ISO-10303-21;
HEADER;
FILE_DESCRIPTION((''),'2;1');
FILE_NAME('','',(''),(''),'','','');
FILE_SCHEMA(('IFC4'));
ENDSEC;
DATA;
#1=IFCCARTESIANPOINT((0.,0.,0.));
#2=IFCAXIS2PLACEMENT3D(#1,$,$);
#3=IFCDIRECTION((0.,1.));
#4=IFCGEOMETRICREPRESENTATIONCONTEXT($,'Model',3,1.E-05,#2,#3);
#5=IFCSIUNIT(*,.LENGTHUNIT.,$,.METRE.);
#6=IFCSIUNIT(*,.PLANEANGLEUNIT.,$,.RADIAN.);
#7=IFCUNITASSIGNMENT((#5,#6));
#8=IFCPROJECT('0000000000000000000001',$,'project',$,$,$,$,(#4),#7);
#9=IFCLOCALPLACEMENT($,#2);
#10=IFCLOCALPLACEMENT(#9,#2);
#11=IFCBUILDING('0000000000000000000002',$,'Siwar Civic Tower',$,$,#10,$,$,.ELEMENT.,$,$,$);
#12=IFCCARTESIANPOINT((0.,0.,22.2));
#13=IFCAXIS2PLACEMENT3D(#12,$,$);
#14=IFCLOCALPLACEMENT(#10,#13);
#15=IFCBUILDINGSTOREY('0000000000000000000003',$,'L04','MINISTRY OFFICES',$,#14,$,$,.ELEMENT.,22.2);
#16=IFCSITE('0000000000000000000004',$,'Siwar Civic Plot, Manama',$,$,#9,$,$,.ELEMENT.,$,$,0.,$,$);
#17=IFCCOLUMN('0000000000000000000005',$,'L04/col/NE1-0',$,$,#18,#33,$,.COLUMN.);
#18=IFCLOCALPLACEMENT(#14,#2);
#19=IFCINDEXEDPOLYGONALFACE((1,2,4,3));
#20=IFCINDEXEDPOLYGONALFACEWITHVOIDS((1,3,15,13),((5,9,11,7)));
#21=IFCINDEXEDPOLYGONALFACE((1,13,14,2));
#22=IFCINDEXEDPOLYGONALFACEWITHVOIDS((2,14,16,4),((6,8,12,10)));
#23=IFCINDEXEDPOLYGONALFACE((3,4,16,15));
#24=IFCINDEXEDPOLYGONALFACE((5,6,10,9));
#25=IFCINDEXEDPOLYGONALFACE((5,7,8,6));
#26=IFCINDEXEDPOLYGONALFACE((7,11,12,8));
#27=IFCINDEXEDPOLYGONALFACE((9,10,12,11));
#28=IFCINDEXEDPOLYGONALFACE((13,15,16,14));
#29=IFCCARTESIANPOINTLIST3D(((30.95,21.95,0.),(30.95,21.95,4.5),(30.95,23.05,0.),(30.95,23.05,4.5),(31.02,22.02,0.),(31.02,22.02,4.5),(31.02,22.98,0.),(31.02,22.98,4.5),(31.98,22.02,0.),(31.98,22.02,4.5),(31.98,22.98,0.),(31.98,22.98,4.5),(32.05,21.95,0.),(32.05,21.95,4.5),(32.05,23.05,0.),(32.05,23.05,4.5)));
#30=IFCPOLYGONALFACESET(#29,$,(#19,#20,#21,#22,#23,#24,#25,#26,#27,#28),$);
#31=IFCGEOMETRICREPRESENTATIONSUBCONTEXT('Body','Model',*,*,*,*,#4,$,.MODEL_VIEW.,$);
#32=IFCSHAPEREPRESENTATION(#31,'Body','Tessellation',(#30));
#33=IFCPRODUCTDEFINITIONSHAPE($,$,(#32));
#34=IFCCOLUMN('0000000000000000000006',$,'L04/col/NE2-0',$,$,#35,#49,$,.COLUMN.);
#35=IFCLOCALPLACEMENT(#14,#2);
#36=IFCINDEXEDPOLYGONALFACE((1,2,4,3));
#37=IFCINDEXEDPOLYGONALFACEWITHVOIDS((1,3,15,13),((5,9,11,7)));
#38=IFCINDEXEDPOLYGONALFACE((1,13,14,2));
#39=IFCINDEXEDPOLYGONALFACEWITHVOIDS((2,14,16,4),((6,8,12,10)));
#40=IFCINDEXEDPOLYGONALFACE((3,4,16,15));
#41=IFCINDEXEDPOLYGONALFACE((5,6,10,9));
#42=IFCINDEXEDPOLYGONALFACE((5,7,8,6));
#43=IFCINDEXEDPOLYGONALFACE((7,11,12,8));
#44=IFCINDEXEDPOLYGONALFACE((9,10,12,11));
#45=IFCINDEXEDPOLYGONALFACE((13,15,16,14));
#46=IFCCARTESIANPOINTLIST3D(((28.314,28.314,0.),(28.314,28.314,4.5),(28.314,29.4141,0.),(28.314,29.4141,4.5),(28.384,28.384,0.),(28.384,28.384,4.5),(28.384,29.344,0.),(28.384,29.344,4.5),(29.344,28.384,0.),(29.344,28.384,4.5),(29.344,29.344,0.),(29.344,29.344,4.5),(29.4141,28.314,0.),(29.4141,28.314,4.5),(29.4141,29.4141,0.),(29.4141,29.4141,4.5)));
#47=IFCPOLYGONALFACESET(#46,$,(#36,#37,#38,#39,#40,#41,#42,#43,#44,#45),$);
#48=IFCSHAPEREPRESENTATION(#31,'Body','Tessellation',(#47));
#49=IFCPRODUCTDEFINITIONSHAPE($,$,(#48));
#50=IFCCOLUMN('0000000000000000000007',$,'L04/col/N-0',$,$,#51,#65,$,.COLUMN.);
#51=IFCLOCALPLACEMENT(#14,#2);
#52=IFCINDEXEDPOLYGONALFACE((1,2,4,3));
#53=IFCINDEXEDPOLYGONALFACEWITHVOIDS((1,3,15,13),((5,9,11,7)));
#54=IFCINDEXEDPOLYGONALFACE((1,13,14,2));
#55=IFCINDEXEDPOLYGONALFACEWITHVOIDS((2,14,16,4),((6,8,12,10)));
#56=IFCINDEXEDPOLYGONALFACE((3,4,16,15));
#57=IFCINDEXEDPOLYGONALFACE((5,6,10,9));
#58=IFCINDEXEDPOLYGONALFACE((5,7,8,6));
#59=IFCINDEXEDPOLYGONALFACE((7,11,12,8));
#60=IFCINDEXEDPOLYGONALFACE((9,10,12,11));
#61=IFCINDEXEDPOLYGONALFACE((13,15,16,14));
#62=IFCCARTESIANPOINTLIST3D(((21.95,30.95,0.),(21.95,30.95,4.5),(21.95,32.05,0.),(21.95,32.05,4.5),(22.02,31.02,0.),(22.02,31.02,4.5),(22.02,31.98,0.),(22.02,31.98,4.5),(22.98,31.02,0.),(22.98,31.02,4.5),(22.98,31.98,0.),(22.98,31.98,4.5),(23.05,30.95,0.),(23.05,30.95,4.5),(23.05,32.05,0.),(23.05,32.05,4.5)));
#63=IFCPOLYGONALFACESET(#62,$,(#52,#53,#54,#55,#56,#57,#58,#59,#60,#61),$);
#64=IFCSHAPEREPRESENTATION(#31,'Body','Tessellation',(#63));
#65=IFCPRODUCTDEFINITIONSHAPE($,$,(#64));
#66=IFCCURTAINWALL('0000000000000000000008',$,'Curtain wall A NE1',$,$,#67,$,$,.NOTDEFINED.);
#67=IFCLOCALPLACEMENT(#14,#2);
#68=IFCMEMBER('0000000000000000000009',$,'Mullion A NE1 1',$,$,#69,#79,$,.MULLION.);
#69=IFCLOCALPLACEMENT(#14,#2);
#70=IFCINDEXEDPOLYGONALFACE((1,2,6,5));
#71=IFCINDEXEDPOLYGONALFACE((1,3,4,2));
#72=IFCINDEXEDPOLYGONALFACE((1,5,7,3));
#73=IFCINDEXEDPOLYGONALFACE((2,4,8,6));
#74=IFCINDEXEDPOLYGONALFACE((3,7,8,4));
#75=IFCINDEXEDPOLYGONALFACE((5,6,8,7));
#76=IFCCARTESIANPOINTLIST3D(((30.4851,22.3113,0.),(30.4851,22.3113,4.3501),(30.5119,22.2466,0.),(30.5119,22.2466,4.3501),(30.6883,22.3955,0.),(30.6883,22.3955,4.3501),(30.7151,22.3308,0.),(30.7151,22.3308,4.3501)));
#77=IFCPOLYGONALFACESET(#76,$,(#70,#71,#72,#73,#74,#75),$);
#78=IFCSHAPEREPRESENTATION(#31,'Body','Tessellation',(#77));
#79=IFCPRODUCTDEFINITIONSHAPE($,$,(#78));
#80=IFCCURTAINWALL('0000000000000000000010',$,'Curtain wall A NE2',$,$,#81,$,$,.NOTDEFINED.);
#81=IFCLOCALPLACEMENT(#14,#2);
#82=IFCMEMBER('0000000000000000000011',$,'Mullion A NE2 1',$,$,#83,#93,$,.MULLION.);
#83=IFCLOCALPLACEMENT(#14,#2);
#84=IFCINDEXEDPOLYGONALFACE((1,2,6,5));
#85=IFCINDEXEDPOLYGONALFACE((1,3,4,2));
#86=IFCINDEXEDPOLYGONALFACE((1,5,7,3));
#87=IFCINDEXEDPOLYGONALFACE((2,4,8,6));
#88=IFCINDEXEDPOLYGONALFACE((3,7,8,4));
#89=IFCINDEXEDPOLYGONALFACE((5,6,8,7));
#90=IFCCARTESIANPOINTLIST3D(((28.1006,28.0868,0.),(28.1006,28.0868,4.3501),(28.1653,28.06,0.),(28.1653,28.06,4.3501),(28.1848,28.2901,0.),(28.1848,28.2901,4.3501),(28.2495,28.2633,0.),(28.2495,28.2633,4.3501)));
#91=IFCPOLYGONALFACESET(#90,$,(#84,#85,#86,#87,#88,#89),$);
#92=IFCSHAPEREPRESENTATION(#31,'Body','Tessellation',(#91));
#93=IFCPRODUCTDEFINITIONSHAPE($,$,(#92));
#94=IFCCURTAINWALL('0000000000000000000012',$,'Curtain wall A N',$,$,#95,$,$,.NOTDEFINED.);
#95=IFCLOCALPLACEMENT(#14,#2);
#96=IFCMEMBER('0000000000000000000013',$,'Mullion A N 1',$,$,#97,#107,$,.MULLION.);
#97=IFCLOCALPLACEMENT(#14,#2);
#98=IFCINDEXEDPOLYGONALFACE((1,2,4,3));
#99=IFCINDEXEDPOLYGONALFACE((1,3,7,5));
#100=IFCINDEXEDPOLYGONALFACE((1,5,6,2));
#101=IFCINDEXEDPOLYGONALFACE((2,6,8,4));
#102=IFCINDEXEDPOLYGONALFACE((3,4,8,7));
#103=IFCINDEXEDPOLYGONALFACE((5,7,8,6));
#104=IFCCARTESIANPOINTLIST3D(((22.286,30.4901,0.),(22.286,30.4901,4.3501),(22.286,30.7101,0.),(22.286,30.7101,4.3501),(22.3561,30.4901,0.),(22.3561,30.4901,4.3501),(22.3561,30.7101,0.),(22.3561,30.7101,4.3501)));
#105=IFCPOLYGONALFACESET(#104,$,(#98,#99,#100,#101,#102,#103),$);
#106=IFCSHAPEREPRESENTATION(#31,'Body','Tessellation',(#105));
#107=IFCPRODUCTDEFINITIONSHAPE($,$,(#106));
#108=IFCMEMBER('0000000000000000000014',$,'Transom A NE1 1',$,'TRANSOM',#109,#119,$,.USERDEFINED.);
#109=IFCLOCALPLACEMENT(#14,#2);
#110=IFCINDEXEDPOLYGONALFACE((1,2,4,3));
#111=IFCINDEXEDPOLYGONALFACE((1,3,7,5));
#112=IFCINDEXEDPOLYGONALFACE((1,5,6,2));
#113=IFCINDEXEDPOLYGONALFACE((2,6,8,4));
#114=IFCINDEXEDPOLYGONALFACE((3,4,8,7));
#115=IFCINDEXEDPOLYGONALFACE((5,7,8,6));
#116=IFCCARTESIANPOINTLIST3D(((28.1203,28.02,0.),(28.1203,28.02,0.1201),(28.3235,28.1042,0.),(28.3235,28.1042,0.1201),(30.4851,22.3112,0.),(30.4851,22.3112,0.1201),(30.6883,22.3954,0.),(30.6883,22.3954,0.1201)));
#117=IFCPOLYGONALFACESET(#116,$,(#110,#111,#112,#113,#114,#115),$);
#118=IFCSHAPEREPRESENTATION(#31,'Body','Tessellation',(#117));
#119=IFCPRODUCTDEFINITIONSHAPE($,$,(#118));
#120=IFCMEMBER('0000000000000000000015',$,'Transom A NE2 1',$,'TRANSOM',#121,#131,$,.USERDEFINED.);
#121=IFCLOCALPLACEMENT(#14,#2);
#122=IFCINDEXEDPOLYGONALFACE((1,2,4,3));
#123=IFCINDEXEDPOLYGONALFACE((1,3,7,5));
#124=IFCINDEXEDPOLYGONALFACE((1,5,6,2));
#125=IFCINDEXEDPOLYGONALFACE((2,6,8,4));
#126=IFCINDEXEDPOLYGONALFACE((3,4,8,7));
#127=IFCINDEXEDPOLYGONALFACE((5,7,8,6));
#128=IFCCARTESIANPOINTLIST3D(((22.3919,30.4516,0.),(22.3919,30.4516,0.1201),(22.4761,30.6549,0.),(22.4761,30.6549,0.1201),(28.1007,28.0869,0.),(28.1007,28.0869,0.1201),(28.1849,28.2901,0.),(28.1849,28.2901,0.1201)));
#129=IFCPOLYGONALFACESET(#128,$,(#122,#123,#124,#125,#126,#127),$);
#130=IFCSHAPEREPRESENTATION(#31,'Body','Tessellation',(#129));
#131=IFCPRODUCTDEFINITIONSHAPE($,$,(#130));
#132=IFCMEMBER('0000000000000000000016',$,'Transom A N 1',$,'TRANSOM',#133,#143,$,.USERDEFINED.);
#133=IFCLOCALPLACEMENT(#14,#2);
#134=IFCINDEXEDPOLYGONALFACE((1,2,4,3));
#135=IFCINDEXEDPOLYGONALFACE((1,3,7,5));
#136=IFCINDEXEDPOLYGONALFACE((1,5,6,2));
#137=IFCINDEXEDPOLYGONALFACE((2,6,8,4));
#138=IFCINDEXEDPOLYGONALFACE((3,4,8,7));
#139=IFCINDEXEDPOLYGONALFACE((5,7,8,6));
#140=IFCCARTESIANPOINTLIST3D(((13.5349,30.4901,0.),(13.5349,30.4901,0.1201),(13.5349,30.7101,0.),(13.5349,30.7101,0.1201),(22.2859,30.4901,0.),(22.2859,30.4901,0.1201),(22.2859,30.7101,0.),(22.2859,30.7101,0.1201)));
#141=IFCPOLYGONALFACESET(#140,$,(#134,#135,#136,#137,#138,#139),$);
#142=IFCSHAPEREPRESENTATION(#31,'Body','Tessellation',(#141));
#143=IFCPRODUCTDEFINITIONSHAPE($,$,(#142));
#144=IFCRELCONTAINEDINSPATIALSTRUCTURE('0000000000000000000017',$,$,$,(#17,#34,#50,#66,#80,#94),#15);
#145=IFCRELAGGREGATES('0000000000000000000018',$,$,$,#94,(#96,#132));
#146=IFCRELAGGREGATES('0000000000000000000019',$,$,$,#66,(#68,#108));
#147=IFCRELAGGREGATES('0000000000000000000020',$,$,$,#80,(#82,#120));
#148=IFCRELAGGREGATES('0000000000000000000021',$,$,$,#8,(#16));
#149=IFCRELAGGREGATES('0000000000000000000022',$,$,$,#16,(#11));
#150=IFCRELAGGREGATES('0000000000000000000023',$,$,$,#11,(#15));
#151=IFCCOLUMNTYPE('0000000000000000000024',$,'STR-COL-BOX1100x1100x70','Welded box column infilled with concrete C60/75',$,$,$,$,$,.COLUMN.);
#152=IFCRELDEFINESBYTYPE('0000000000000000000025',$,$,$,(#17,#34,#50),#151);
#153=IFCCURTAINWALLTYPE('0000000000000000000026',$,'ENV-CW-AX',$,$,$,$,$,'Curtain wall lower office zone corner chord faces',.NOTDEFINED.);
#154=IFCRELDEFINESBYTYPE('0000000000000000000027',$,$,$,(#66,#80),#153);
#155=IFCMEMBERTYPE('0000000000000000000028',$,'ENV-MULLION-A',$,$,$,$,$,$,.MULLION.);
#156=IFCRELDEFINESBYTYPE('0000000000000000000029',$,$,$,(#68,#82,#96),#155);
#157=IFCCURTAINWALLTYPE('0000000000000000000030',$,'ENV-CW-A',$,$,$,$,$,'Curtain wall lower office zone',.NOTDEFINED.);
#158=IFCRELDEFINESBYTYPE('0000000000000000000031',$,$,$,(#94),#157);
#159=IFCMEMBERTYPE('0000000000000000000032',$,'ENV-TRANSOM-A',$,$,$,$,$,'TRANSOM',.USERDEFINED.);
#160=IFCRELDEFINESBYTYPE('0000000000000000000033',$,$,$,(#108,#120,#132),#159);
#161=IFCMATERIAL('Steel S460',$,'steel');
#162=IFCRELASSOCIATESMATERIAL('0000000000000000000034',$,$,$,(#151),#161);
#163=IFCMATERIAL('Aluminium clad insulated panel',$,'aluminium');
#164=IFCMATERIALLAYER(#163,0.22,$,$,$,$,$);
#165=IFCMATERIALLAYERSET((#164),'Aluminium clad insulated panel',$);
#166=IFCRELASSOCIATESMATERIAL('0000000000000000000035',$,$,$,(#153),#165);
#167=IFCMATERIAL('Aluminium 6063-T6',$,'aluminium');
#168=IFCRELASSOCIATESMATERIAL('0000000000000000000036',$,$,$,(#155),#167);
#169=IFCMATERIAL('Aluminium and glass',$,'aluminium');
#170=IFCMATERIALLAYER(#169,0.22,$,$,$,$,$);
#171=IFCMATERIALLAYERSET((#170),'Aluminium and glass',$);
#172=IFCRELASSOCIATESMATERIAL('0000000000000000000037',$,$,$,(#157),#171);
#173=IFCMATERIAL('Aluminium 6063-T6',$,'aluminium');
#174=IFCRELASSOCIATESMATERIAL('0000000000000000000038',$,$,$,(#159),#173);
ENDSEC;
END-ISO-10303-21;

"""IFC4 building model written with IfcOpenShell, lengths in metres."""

from ifc_helpers import new_model, si_unit, direction, frame, origin, origin_2d, place, context, subcontext, project, spatial, rectangle, hollow_rectangle, extrude, material, layer, layer_set, material_profile, profile_set, type_object, element, aggregate, save


model = new_model("IFC4")

# Units and contexts
model_context = context("Model", 3, precision=1e-05, world=origin(), true_north=direction((0.0, 1.0)))
body_context = subcontext(model_context, "Body", "Model", "MODEL_VIEW")
ifc_project = project(units=[si_unit("LENGTHUNIT", "METRE"), si_unit("PLANEANGLEUNIT", "RADIAN")], contexts=[model_context])

# Site, building, storey
site_placement = place(None, origin())
site = spatial("IfcSite", under=ifc_project, at=site_placement, Name="Siwar Civic Plot, Manama", CompositionType="ELEMENT", RefElevation=0.0)
building_placement = place(site_placement, origin())
building = spatial("IfcBuilding", under=site, at=building_placement, Name="Siwar Civic Tower", CompositionType="ELEMENT")
storey_placement = place(building_placement, frame((0.0, 0.0, 22.2)))
storey = spatial("IfcBuildingStorey", under=building, at=storey_placement, Name="L04", Description="MINISTRY OFFICES", CompositionType="ELEMENT", Elevation=22.2)

# Columns
ifc_material_1 = material(Name="Steel S460", Category="steel")
ifc_material_profile_1 = material_profile(ifc_material_1, hollow_rectangle(XDim=1.1001, YDim=1.1001, WallThickness=0.0701, at=origin_2d()), Name="BOX1100x1100x70")
ifc_profile_set_1 = profile_set([ifc_material_profile_1], Name="Steel S460")
column_type = type_object("IfcColumnType", Name="STR-COL-BOX1100x1100x70", Description="Welded box column infilled with concrete C60/75", PredefinedType="COLUMN", material=ifc_profile_set_1)
for number, where, z_axis, x_axis, name in (
    (1, (31.5, 22.5, 0.0), (0.0, 0.0, 1.0), (1.0, 0.0, 0.0), "L04/col/NE1-0"),
    (2, (28.864, 28.864, 0.0), (0.0, 0.0, 1.0), (1.0, 0.0, 0.0), "L04/col/NE2-0"),
    (3, (22.5, 31.5, 0.0), (0.0, 0.0, 1.0), (1.0, 0.0, 0.0), "L04/col/N-0"),
):
    element("IfcColumn", number, at=place(storey_placement, frame(where, z_axis=z_axis, x_axis=x_axis)), inside=storey, type_object=column_type, Name=name, PredefinedType="COLUMN", context=body_context, shape_type="SweptSolid", body=[
        extrude(hollow_rectangle(XDim=1.1001, YDim=1.1001, WallThickness=0.0701, at=origin_2d()), origin(), (0.0, 0.0, 1.0), 4.5),
    ])

# Curtain walls, members
ifc_material_2 = material(Name="Aluminium clad insulated panel", Category="aluminium")
ifc_layer_1 = layer(ifc_material_2, 0.22)
ifc_layer_set_1 = layer_set([ifc_layer_1], Name="Aluminium clad insulated panel")
curtain_wall_type_1 = type_object("IfcCurtainWallType", Name="ENV-CW-AX", ElementType="Curtain wall lower office zone corner chord faces", PredefinedType="NOTDEFINED", material=ifc_layer_set_1)
curtain_wall_1_placement = place(storey_placement, origin())
curtain_wall_1 = element("IfcCurtainWall", 4, at=curtain_wall_1_placement, inside=storey, type_object=curtain_wall_type_1, Name="Curtain wall A NE1", PredefinedType="NOTDEFINED")
ifc_material_3 = material(Name="Aluminium 6063-T6", Category="aluminium")
ifc_material_profile_2 = material_profile(ifc_material_3, rectangle(XDim=0.22, YDim=0.0701, at=origin_2d()), Name="AL 220x70")
ifc_profile_set_2 = profile_set([ifc_material_profile_2], Name="Aluminium 6063-T6")
member_type_1 = type_object("IfcMemberType", Name="ENV-MULLION-A", PredefinedType="MULLION", material=ifc_profile_set_2)
member_1_placement = place(storey_placement, frame((30.6001, 22.321, 0.0), z_axis=(0.0, 0.0, 1.0), x_axis=(-0.92388, -0.382683, 0.0)))
member_1 = element("IfcMember", 5, at=member_1_placement, type_object=member_type_1, Name="Mullion A NE1 1", PredefinedType="MULLION", context=body_context, shape_type="SweptSolid", body=[
    extrude(rectangle(XDim=0.22, YDim=0.0701, at=origin_2d()), origin(), (0.0, 0.0, 1.0), 4.3501),
])
curtain_wall_2_placement = place(storey_placement, origin())
curtain_wall_2 = element("IfcCurtainWall", 6, at=curtain_wall_2_placement, inside=storey, type_object=curtain_wall_type_1, Name="Curtain wall A NE2", PredefinedType="NOTDEFINED")
member_2_placement = place(storey_placement, frame((28.175, 28.175, 0.0), z_axis=(0.0, 0.0, 1.0), x_axis=(-0.382683, -0.92388, 0.0)))
member_2 = element("IfcMember", 7, at=member_2_placement, type_object=member_type_1, Name="Mullion A NE2 1", PredefinedType="MULLION", context=body_context, shape_type="SweptSolid", body=[
    extrude(rectangle(XDim=0.22, YDim=0.0701, at=origin_2d()), origin(), (0.0, 0.0, 1.0), 4.3501),
])
ifc_material_4 = material(Name="Aluminium and glass", Category="aluminium")
ifc_layer_2 = layer(ifc_material_4, 0.22)
ifc_layer_set_2 = layer_set([ifc_layer_2], Name="Aluminium and glass")
curtain_wall_type_2 = type_object("IfcCurtainWallType", Name="ENV-CW-A", ElementType="Curtain wall lower office zone", PredefinedType="NOTDEFINED", material=ifc_layer_set_2)
curtain_wall_3_placement = place(storey_placement, origin())
curtain_wall_3 = element("IfcCurtainWall", 8, at=curtain_wall_3_placement, inside=storey, type_object=curtain_wall_type_2, Name="Curtain wall A N", PredefinedType="NOTDEFINED")
member_3_placement = place(storey_placement, frame((22.321, 30.6001, 0.0), z_axis=(0.0, 0.0, 1.0), x_axis=(0.0, -1.0, 0.0)))
member_3 = element("IfcMember", 9, at=member_3_placement, type_object=member_type_1, Name="Mullion A N 1", PredefinedType="MULLION", context=body_context, shape_type="SweptSolid", body=[
    extrude(rectangle(XDim=0.22, YDim=0.0701, at=origin_2d()), origin(), (0.0, 0.0, 1.0), 4.3501),
])

# Members
ifc_material_5 = material(Name="Aluminium 6063-T6", Category="aluminium")
ifc_material_profile_3 = material_profile(ifc_material_5, rectangle(XDim=0.22, YDim=0.1201, at=origin_2d()), Name="AL 220x120")
ifc_profile_set_3 = profile_set([ifc_material_profile_3], Name="Aluminium 6063-T6")
member_type_2 = type_object("IfcMemberType", Name="ENV-TRANSOM-A", ElementType="TRANSOM", PredefinedType="USERDEFINED", material=ifc_profile_set_3)
member_4_placement = place(storey_placement, frame((30.5867, 22.3533, 0.0601), z_axis=(-0.382698, 0.923873, 0.0), x_axis=(-0.923873, -0.382698, 0.0)))
member_4 = element("IfcMember", 10, at=member_4_placement, type_object=member_type_2, Name="Transom A NE1 1", ObjectType="TRANSOM", PredefinedType="USERDEFINED", context=body_context, shape_type="SweptSolid", body=[
    extrude(rectangle(XDim=0.22, YDim=0.1201, at=origin_2d()), origin(), (0.0, 0.0, 1.0), 6.1792),
])
member_5_placement = place(storey_placement, frame((28.1428, 28.1885, 0.0601), z_axis=(-0.923873, 0.382698, 0.0), x_axis=(-0.382698, -0.923873, 0.0)))
member_5 = element("IfcMember", 11, at=member_5_placement, type_object=member_type_2, Name="Transom A NE2 1", ObjectType="TRANSOM", PredefinedType="USERDEFINED", context=body_context, shape_type="SweptSolid", body=[
    extrude(rectangle(XDim=0.22, YDim=0.1201, at=origin_2d()), origin(), (0.0, 0.0, 1.0), 6.1792),
])
member_6_placement = place(storey_placement, frame((22.2859, 30.6001, 0.0601), z_axis=(-1.0, 0.0, 0.0), x_axis=(0.0, -1.0, 0.0)))
member_6 = element("IfcMember", 12, at=member_6_placement, type_object=member_type_2, Name="Transom A N 1", ObjectType="TRANSOM", PredefinedType="USERDEFINED", context=body_context, shape_type="SweptSolid", body=[
    extrude(rectangle(XDim=0.22, YDim=0.1201, at=origin_2d()), origin(), (0.0, 0.0, 1.0), 8.751),
])

aggregate(curtain_wall_3, [member_3, member_6])
aggregate(curtain_wall_1, [member_1, member_4])
aggregate(curtain_wall_2, [member_2, member_5])

save(model, "model.ifc")
